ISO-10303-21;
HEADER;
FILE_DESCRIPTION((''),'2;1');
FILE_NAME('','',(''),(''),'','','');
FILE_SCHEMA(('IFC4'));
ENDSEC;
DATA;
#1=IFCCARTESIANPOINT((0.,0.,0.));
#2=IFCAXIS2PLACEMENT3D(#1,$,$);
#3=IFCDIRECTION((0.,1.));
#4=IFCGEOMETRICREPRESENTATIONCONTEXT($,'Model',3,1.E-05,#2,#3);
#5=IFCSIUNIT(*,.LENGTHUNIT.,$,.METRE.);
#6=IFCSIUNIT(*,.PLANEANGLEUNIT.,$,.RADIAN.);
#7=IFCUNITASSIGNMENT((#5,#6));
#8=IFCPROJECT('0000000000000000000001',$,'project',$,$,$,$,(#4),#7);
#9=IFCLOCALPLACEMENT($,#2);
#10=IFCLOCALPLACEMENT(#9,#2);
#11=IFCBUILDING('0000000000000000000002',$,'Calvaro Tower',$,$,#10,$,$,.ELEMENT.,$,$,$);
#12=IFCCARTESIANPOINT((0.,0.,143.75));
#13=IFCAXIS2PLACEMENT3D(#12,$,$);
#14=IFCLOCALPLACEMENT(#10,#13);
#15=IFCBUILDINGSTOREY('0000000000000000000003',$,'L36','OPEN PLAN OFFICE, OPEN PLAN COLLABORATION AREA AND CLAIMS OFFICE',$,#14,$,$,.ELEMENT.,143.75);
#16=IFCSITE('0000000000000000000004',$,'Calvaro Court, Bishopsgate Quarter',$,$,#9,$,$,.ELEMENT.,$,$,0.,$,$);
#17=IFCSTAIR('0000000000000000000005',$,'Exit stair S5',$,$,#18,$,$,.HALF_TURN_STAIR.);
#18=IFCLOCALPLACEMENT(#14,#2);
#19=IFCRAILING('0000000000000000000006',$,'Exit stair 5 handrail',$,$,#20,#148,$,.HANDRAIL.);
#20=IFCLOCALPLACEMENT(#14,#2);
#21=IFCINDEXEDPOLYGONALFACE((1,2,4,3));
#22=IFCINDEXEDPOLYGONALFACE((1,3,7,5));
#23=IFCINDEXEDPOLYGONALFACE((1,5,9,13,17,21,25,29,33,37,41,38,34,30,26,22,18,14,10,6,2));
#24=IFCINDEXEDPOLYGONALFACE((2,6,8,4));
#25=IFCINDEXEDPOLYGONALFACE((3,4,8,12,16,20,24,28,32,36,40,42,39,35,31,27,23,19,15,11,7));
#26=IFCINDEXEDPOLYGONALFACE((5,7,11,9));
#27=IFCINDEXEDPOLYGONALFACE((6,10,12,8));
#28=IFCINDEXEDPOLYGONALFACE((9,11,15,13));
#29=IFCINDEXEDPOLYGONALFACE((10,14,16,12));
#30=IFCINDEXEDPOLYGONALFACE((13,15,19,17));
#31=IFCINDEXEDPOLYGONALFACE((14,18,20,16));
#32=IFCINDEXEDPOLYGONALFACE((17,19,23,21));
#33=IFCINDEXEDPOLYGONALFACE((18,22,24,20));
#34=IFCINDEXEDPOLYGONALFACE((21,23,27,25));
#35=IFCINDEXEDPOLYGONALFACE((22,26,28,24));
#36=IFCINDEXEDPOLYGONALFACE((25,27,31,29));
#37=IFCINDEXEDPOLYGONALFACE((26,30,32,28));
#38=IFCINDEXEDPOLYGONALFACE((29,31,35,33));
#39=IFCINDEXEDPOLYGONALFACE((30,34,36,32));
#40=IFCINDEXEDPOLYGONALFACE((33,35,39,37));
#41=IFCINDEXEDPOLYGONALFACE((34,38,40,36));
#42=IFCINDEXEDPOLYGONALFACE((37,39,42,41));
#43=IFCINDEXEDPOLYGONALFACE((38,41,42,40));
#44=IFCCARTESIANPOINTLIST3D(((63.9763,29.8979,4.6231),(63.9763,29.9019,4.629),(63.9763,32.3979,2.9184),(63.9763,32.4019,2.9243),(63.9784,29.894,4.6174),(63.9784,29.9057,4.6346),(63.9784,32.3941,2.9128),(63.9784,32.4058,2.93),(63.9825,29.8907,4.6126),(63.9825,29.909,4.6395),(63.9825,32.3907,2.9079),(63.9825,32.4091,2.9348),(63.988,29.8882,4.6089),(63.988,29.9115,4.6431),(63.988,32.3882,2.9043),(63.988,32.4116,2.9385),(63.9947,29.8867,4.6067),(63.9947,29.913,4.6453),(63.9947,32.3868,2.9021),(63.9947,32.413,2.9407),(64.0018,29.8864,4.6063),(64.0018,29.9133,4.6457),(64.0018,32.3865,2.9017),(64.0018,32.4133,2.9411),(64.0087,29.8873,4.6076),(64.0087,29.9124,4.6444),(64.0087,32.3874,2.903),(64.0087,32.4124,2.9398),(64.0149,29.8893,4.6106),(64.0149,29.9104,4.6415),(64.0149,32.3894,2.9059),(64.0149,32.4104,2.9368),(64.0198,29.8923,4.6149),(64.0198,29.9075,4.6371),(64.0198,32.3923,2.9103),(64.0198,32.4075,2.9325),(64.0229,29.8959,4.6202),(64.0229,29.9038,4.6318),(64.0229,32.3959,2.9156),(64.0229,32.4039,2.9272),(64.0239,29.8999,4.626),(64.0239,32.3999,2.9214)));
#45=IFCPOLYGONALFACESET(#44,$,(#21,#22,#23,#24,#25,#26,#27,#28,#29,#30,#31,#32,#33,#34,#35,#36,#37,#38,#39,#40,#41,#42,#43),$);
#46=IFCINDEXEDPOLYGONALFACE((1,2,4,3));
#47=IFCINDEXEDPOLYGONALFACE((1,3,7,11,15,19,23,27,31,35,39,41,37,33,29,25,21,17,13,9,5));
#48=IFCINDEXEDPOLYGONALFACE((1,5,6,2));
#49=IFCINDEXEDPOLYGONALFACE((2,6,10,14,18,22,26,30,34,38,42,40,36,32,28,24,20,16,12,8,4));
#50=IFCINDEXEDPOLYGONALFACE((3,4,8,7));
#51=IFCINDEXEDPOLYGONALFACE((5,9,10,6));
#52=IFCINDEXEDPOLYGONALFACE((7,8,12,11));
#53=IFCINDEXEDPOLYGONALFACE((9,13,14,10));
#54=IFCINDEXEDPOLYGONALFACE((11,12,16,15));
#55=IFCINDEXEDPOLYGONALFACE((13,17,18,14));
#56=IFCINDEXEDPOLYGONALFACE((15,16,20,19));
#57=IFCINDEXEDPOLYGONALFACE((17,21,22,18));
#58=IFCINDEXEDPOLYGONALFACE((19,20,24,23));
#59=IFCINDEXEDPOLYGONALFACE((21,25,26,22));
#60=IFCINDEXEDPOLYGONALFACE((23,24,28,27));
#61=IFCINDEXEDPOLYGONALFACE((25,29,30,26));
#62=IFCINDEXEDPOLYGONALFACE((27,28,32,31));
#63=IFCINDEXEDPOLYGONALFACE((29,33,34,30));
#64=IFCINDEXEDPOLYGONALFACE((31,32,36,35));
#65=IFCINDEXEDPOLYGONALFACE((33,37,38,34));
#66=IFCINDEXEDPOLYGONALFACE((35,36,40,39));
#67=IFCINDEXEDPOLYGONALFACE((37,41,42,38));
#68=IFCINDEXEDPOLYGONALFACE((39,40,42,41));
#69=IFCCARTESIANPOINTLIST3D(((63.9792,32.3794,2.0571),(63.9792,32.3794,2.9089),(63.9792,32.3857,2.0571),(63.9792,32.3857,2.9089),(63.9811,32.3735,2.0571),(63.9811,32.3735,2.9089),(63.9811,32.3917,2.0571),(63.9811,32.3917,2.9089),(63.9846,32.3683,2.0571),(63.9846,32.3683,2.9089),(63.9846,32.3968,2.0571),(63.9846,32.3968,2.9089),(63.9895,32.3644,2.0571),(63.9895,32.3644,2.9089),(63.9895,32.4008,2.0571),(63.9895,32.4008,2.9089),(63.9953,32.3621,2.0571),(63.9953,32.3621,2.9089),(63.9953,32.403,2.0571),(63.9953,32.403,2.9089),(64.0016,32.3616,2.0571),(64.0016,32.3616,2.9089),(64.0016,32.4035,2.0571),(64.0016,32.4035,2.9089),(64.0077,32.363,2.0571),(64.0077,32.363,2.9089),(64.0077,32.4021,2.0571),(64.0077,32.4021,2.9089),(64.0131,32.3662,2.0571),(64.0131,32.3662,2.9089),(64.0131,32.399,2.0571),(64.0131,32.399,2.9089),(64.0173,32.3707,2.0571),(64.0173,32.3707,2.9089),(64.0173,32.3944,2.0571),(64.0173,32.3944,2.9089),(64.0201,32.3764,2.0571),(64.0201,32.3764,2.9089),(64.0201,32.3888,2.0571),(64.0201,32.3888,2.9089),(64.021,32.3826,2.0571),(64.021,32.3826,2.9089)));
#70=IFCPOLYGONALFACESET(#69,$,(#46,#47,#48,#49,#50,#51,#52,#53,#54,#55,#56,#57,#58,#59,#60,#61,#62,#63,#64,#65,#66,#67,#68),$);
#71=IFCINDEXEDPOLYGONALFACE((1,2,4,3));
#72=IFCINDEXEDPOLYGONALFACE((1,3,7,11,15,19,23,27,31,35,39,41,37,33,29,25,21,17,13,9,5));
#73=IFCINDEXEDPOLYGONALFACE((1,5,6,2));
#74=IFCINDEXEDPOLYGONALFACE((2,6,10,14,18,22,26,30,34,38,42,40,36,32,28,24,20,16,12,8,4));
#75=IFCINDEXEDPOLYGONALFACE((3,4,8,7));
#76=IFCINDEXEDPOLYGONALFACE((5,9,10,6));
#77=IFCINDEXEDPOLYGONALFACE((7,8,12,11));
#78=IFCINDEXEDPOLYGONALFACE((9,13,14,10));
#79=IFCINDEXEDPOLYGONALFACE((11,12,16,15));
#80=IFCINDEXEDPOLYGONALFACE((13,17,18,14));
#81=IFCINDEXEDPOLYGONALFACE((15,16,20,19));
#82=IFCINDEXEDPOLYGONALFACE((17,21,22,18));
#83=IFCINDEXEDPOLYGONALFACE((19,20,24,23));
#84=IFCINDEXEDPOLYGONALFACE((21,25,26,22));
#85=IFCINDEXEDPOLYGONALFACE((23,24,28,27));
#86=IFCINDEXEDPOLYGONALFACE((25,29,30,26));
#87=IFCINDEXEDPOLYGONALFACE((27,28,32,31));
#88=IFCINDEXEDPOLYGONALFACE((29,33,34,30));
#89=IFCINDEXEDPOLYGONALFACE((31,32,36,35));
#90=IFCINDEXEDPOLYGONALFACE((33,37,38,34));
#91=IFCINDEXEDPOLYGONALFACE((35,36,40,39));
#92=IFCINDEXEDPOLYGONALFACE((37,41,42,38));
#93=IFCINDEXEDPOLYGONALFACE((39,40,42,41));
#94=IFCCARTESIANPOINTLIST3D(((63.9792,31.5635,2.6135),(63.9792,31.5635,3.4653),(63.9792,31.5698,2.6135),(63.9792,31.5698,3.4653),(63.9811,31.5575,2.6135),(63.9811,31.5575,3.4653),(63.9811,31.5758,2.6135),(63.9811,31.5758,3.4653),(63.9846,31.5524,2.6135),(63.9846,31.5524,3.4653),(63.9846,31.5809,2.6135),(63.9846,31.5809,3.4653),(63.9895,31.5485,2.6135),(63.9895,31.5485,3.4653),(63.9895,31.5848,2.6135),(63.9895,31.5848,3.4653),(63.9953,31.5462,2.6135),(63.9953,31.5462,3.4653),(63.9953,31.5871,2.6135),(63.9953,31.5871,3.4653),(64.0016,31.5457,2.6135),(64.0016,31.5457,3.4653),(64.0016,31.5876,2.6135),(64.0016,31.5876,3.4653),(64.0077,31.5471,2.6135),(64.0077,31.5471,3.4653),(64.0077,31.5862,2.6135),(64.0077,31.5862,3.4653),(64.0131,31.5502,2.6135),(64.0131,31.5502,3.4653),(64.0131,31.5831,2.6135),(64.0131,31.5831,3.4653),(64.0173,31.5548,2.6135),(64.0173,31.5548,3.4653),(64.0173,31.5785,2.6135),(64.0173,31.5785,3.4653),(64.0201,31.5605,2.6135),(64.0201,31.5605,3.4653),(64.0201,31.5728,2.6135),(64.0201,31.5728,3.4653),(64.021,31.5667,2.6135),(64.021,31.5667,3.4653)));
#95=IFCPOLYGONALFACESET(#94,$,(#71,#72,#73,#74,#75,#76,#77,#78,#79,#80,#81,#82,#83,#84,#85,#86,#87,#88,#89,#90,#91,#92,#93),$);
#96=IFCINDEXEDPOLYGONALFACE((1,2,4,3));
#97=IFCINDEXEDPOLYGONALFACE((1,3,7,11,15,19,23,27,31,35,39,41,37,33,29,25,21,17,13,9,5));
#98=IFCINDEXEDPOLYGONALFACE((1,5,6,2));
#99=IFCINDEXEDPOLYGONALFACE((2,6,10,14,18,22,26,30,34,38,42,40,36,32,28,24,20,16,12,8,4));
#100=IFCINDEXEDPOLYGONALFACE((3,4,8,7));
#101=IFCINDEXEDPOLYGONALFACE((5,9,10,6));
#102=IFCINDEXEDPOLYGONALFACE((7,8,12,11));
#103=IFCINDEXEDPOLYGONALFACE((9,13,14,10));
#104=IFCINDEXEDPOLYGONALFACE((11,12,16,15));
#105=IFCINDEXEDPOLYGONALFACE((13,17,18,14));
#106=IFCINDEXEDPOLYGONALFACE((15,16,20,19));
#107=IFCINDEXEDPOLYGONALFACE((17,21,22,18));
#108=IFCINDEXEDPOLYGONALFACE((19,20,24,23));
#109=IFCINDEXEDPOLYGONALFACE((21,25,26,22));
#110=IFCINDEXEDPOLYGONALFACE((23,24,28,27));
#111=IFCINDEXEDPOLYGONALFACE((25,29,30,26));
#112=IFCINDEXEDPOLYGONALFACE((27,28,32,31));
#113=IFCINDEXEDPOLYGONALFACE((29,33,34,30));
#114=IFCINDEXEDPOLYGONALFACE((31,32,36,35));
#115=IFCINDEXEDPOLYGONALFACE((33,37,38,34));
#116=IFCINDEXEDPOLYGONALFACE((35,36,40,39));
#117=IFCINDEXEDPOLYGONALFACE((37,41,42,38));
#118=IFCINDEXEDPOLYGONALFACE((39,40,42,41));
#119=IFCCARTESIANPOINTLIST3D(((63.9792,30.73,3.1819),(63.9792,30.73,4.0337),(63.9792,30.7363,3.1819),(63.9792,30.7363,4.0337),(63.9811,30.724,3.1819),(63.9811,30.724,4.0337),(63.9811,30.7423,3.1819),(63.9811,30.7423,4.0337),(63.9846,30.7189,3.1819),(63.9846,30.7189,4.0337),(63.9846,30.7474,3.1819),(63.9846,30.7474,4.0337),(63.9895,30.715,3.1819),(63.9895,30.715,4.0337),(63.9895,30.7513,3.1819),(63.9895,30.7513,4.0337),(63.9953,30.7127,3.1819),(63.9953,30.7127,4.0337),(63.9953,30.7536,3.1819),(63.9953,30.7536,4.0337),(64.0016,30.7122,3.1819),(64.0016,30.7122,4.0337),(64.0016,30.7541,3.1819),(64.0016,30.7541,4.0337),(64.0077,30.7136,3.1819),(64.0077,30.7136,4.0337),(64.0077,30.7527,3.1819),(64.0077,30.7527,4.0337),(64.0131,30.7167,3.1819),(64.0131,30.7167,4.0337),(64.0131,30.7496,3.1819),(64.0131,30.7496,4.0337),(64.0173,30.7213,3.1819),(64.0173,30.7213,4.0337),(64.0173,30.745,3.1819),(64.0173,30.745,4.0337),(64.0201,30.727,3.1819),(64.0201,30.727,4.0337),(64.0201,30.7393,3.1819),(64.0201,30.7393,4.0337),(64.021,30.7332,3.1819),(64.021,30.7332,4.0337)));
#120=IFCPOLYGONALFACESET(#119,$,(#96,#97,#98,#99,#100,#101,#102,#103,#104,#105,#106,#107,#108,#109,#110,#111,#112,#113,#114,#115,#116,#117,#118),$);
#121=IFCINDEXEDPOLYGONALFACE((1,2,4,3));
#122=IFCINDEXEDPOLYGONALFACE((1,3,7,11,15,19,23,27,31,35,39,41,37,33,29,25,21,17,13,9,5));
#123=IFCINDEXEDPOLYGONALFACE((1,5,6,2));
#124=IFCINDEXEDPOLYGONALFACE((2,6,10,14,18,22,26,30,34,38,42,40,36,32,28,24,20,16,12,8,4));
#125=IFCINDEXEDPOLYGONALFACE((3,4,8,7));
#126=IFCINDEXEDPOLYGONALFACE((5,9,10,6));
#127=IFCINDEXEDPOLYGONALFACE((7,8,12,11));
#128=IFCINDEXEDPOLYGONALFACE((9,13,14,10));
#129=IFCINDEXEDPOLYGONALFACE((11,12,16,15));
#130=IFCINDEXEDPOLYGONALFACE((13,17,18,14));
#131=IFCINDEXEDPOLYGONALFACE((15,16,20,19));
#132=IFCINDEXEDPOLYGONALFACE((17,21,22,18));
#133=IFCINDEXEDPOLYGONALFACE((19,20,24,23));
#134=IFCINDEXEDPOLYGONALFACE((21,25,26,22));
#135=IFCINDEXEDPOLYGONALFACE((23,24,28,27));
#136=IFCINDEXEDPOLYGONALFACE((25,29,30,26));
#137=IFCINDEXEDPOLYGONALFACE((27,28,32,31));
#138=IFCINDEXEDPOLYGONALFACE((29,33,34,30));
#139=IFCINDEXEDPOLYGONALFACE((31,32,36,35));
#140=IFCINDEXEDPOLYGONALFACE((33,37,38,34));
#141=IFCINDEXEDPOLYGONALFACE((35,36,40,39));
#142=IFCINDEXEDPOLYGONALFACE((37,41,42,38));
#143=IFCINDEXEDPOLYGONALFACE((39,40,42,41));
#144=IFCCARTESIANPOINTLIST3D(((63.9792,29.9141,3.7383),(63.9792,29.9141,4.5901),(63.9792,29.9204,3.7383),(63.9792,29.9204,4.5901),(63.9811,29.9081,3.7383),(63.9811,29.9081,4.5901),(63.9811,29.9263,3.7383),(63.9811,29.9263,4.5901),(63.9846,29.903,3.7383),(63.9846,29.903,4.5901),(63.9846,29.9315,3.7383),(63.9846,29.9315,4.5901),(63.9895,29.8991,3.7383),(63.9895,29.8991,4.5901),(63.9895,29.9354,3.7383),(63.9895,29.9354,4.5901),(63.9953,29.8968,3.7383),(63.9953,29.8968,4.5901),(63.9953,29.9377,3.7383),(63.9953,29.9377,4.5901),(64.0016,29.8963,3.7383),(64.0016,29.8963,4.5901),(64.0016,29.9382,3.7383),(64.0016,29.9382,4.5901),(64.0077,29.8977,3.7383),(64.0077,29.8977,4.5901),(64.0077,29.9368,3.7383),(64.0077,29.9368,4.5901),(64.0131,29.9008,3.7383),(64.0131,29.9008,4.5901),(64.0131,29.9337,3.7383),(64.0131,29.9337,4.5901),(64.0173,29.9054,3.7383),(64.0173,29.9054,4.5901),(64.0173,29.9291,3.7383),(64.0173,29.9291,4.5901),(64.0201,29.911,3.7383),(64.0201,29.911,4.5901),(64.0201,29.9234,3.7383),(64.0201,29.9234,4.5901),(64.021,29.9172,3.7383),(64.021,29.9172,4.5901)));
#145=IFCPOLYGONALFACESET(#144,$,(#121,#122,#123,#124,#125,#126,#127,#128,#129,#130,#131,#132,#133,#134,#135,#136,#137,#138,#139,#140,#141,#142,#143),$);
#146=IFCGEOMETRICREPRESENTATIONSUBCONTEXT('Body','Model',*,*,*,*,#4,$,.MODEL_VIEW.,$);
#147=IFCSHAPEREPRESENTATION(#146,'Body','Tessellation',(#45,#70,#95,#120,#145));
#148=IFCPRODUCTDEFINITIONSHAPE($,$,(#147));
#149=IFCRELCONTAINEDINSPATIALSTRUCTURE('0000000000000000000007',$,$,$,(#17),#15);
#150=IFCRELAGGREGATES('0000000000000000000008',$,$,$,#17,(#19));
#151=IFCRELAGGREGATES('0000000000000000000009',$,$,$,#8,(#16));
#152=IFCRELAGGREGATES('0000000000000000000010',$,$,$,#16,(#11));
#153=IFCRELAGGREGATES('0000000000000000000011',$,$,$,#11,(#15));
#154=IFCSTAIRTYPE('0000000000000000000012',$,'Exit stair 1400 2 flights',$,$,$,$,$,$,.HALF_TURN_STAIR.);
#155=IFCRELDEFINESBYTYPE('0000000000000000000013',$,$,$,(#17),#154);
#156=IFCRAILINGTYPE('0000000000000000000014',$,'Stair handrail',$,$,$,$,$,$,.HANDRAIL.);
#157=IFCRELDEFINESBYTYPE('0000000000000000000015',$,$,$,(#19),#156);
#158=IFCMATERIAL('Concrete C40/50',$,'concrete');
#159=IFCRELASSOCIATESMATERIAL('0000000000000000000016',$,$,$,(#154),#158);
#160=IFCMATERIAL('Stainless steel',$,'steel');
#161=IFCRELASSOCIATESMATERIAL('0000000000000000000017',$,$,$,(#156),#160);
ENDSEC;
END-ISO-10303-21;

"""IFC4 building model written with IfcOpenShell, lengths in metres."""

from ifc_helpers import new_model, si_unit, direction, frame, origin, origin_2d, place, context, subcontext, project, spatial, circle, extrude, material, type_object, element, aggregate, save


model = new_model("IFC4")

# Units and contexts
model_context = context("Model", 3, precision=1e-05, world=origin(), true_north=direction((0.0, 1.0)))
body_context = subcontext(model_context, "Body", "Model", "MODEL_VIEW")
ifc_project = project(units=[si_unit("LENGTHUNIT", "METRE"), si_unit("PLANEANGLEUNIT", "RADIAN")], contexts=[model_context])

# Site, building, storey
site_placement = place(None, origin())
site = spatial("IfcSite", under=ifc_project, at=site_placement, Name="Calvaro Court, Bishopsgate Quarter", CompositionType="ELEMENT", RefElevation=0.0)
building_placement = place(site_placement, origin())
building = spatial("IfcBuilding", under=site, at=building_placement, Name="Calvaro Tower", CompositionType="ELEMENT")
storey_placement = place(building_placement, frame((0.0, 0.0, 143.75)))
storey = spatial("IfcBuildingStorey", under=building, at=storey_placement, Name="L36", Description="OPEN PLAN OFFICE, OPEN PLAN COLLABORATION AREA AND CLAIMS OFFICE", CompositionType="ELEMENT", Elevation=143.75)

# Stair
ifc_material_1 = material(Name="Concrete C40/50", Category="concrete")
stair_type = type_object("IfcStairType", Name="Exit stair 1400 2 flights", PredefinedType="HALF_TURN_STAIR", material=ifc_material_1)
stair_1_placement = place(storey_placement, origin())
stair_1 = element("IfcStair", 1, at=stair_1_placement, inside=storey, type_object=stair_type, Name="Exit stair S5", PredefinedType="HALF_TURN_STAIR")

# Shared definitions
ifc_material_2 = material(Name="Stainless steel", Category="steel")
railing_type = type_object("IfcRailingType", Name="Stair handrail", PredefinedType="HANDRAIL", material=ifc_material_2)

# Railing
railing_1_placement = place(storey_placement, frame((64.0, 32.3999, 2.0454)))
railing_1 = element("IfcRailing", 2, at=railing_1_placement, type_object=railing_type, Name="Exit stair 5 handrail", PredefinedType="HANDRAIL", context=body_context, shape_type="SweptSolid", body=[
    extrude(circle(Radius=0.0239, at=origin_2d()), frame((0.0, 0.0, 0.876), z_axis=(0.0, -0.826221, 0.563347), x_axis=(1.0, 0.0, 0.0)), (0.0, 0.0, 1.0), 3.0259),
    extrude(circle(Radius=0.021, at=origin_2d()), frame((0.0, -0.0173, 0.0117)), (0.0, 0.0, 1.0), 0.8518),
    extrude(circle(Radius=0.021, at=origin_2d()), frame((0.0, -0.8333, 0.5681)), (0.0, 0.0, 1.0), 0.8518),
    extrude(circle(Radius=0.021, at=origin_2d()), frame((0.0, -1.6667, 1.1365)), (0.0, 0.0, 1.0), 0.8518),
    extrude(circle(Radius=0.021, at=origin_2d()), frame((0.0, -2.4827, 1.6929)), (0.0, 0.0, 1.0), 0.8518),
])
aggregate(stair_1, [railing_1])

save(model, "model.ifc")
